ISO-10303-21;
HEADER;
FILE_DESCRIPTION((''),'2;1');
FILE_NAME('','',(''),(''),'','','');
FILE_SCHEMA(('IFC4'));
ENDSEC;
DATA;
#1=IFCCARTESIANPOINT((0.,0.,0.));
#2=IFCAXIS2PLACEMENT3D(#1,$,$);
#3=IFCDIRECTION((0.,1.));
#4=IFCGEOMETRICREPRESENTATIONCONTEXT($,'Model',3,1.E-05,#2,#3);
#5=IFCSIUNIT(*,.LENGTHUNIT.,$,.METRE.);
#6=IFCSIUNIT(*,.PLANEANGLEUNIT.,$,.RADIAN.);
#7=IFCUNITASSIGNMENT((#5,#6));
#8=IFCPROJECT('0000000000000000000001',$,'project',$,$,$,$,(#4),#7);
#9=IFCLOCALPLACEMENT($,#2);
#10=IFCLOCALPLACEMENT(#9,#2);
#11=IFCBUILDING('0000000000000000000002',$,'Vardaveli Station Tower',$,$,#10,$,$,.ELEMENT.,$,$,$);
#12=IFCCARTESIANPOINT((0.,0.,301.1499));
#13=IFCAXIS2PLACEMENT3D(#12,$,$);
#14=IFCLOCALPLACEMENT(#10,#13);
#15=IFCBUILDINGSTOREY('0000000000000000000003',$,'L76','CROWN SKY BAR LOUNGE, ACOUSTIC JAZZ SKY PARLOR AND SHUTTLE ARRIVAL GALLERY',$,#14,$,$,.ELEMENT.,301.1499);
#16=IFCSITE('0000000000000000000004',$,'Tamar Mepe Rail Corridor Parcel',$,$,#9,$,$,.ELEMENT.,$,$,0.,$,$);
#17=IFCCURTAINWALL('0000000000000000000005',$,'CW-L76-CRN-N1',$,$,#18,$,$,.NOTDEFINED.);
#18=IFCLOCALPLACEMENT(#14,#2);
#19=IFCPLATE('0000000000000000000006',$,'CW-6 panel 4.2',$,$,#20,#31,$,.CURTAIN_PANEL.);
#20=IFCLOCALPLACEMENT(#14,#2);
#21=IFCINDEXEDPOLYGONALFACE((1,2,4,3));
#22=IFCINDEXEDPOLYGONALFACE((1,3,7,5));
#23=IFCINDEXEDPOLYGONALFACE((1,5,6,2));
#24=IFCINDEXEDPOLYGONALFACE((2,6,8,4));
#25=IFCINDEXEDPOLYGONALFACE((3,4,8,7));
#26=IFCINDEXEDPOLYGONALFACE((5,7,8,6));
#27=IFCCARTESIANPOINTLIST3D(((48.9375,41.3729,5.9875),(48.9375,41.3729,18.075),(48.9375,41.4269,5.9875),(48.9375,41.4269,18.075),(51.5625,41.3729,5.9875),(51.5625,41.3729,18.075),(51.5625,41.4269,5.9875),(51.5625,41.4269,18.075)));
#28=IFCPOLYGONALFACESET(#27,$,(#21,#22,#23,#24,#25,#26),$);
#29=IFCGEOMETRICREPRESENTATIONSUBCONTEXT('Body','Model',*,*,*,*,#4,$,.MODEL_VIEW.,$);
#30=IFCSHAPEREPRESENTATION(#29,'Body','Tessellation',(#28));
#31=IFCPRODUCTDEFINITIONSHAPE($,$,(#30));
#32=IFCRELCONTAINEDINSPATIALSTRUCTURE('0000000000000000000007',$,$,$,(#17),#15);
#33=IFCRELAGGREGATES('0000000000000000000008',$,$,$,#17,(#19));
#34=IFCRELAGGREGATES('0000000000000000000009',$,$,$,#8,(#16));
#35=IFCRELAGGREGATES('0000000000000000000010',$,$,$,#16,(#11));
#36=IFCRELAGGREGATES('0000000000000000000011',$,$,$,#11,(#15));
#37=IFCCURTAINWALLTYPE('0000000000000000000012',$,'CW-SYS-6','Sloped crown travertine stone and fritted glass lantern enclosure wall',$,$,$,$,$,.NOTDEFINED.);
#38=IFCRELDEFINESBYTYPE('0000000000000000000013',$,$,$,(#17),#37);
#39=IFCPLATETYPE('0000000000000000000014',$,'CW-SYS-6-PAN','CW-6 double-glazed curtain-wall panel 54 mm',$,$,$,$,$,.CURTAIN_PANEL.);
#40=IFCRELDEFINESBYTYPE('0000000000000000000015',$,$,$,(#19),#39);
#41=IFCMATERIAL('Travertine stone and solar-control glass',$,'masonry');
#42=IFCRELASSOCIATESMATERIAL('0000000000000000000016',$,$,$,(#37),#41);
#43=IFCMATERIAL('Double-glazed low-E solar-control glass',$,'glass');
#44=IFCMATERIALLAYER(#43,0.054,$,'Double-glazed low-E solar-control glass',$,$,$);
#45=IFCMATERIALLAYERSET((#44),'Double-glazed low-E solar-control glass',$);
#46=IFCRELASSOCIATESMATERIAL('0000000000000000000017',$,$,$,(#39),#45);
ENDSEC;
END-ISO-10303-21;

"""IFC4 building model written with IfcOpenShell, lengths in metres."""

from ifc_helpers import new_model, si_unit, direction, frame, origin, origin_2d, place, context, subcontext, project, spatial, rectangle, extrude, source, transform, mapped, material, layer, layer_set, type_object, element, aggregate, save


model = new_model("IFC4")

# Units and contexts
model_context = context("Model", 3, precision=1e-05, world=origin(), true_north=direction((0.0, 1.0)))
body_context = subcontext(model_context, "Body", "Model", "MODEL_VIEW")
ifc_project = project(units=[si_unit("LENGTHUNIT", "METRE"), si_unit("PLANEANGLEUNIT", "RADIAN")], contexts=[model_context])

# Site, building, storey
site_placement = place(None, origin())
site = spatial("IfcSite", under=ifc_project, at=site_placement, Name="Tamar Mepe Rail Corridor Parcel", CompositionType="ELEMENT", RefElevation=0.0)
building_placement = place(site_placement, origin())
building = spatial("IfcBuilding", under=site, at=building_placement, Name="Vardaveli Station Tower", CompositionType="ELEMENT")
storey_placement = place(building_placement, frame((0.0, 0.0, 301.1499)))
storey = spatial("IfcBuildingStorey", under=building, at=storey_placement, Name="L76", Description="CROWN SKY BAR LOUNGE, ACOUSTIC JAZZ SKY PARLOR AND SHUTTLE ARRIVAL GALLERY", CompositionType="ELEMENT", Elevation=301.1499)

# Curtain wall
ifc_material_1 = material(Name="Travertine stone and solar-control glass", Category="masonry")
curtain_wall_type = type_object("IfcCurtainWallType", Name="CW-SYS-6", Description="Sloped crown travertine stone and fritted glass lantern enclosure wall", PredefinedType="NOTDEFINED", material=ifc_material_1)
curtain_wall_1_placement = place(storey_placement, origin())
curtain_wall_1 = element("IfcCurtainWall", 1, at=curtain_wall_1_placement, inside=storey, type_object=curtain_wall_type, Name="CW-L76-CRN-N1", PredefinedType="NOTDEFINED")

# Plate
ifc_material_2 = material(Name="Double-glazed low-E solar-control glass", Category="glass")
ifc_layer_1 = layer(ifc_material_2, 0.054, Name="Double-glazed low-E solar-control glass")
ifc_layer_set_1 = layer_set([ifc_layer_1], Name="Double-glazed low-E solar-control glass")
plate_type_1 = type_object("IfcPlateType", Name="CW-SYS-6-PAN", Description="CW-6 double-glazed curtain-wall panel 54 mm", PredefinedType="CURTAIN_PANEL", material=ifc_layer_set_1)
shared_shape_1 = source(origin(), body_context, "Body", "SweptSolid", [
    extrude(rectangle(XDim=2.625, YDim=0.054, at=origin_2d()), origin(), (0.0, 0.0, 1.0), 12.0874),
])
plate_1_placement = place(storey_placement, frame((50.25, 41.3999, 5.9875), z_axis=(0.0, 0.0, 1.0), x_axis=(-1.0, 0.0, 0.0)))
plate_1 = element("IfcPlate", 2, at=plate_1_placement, type_object=plate_type_1, Name="CW-6 panel 4.2", PredefinedType="CURTAIN_PANEL", context=body_context, shape_type="MappedRepresentation", body=[
    mapped(shared_shape_1, transform((0.0, 0.0, 0.0), scale=1.0)),
])
aggregate(curtain_wall_1, [plate_1])

save(model, "model.ifc")
